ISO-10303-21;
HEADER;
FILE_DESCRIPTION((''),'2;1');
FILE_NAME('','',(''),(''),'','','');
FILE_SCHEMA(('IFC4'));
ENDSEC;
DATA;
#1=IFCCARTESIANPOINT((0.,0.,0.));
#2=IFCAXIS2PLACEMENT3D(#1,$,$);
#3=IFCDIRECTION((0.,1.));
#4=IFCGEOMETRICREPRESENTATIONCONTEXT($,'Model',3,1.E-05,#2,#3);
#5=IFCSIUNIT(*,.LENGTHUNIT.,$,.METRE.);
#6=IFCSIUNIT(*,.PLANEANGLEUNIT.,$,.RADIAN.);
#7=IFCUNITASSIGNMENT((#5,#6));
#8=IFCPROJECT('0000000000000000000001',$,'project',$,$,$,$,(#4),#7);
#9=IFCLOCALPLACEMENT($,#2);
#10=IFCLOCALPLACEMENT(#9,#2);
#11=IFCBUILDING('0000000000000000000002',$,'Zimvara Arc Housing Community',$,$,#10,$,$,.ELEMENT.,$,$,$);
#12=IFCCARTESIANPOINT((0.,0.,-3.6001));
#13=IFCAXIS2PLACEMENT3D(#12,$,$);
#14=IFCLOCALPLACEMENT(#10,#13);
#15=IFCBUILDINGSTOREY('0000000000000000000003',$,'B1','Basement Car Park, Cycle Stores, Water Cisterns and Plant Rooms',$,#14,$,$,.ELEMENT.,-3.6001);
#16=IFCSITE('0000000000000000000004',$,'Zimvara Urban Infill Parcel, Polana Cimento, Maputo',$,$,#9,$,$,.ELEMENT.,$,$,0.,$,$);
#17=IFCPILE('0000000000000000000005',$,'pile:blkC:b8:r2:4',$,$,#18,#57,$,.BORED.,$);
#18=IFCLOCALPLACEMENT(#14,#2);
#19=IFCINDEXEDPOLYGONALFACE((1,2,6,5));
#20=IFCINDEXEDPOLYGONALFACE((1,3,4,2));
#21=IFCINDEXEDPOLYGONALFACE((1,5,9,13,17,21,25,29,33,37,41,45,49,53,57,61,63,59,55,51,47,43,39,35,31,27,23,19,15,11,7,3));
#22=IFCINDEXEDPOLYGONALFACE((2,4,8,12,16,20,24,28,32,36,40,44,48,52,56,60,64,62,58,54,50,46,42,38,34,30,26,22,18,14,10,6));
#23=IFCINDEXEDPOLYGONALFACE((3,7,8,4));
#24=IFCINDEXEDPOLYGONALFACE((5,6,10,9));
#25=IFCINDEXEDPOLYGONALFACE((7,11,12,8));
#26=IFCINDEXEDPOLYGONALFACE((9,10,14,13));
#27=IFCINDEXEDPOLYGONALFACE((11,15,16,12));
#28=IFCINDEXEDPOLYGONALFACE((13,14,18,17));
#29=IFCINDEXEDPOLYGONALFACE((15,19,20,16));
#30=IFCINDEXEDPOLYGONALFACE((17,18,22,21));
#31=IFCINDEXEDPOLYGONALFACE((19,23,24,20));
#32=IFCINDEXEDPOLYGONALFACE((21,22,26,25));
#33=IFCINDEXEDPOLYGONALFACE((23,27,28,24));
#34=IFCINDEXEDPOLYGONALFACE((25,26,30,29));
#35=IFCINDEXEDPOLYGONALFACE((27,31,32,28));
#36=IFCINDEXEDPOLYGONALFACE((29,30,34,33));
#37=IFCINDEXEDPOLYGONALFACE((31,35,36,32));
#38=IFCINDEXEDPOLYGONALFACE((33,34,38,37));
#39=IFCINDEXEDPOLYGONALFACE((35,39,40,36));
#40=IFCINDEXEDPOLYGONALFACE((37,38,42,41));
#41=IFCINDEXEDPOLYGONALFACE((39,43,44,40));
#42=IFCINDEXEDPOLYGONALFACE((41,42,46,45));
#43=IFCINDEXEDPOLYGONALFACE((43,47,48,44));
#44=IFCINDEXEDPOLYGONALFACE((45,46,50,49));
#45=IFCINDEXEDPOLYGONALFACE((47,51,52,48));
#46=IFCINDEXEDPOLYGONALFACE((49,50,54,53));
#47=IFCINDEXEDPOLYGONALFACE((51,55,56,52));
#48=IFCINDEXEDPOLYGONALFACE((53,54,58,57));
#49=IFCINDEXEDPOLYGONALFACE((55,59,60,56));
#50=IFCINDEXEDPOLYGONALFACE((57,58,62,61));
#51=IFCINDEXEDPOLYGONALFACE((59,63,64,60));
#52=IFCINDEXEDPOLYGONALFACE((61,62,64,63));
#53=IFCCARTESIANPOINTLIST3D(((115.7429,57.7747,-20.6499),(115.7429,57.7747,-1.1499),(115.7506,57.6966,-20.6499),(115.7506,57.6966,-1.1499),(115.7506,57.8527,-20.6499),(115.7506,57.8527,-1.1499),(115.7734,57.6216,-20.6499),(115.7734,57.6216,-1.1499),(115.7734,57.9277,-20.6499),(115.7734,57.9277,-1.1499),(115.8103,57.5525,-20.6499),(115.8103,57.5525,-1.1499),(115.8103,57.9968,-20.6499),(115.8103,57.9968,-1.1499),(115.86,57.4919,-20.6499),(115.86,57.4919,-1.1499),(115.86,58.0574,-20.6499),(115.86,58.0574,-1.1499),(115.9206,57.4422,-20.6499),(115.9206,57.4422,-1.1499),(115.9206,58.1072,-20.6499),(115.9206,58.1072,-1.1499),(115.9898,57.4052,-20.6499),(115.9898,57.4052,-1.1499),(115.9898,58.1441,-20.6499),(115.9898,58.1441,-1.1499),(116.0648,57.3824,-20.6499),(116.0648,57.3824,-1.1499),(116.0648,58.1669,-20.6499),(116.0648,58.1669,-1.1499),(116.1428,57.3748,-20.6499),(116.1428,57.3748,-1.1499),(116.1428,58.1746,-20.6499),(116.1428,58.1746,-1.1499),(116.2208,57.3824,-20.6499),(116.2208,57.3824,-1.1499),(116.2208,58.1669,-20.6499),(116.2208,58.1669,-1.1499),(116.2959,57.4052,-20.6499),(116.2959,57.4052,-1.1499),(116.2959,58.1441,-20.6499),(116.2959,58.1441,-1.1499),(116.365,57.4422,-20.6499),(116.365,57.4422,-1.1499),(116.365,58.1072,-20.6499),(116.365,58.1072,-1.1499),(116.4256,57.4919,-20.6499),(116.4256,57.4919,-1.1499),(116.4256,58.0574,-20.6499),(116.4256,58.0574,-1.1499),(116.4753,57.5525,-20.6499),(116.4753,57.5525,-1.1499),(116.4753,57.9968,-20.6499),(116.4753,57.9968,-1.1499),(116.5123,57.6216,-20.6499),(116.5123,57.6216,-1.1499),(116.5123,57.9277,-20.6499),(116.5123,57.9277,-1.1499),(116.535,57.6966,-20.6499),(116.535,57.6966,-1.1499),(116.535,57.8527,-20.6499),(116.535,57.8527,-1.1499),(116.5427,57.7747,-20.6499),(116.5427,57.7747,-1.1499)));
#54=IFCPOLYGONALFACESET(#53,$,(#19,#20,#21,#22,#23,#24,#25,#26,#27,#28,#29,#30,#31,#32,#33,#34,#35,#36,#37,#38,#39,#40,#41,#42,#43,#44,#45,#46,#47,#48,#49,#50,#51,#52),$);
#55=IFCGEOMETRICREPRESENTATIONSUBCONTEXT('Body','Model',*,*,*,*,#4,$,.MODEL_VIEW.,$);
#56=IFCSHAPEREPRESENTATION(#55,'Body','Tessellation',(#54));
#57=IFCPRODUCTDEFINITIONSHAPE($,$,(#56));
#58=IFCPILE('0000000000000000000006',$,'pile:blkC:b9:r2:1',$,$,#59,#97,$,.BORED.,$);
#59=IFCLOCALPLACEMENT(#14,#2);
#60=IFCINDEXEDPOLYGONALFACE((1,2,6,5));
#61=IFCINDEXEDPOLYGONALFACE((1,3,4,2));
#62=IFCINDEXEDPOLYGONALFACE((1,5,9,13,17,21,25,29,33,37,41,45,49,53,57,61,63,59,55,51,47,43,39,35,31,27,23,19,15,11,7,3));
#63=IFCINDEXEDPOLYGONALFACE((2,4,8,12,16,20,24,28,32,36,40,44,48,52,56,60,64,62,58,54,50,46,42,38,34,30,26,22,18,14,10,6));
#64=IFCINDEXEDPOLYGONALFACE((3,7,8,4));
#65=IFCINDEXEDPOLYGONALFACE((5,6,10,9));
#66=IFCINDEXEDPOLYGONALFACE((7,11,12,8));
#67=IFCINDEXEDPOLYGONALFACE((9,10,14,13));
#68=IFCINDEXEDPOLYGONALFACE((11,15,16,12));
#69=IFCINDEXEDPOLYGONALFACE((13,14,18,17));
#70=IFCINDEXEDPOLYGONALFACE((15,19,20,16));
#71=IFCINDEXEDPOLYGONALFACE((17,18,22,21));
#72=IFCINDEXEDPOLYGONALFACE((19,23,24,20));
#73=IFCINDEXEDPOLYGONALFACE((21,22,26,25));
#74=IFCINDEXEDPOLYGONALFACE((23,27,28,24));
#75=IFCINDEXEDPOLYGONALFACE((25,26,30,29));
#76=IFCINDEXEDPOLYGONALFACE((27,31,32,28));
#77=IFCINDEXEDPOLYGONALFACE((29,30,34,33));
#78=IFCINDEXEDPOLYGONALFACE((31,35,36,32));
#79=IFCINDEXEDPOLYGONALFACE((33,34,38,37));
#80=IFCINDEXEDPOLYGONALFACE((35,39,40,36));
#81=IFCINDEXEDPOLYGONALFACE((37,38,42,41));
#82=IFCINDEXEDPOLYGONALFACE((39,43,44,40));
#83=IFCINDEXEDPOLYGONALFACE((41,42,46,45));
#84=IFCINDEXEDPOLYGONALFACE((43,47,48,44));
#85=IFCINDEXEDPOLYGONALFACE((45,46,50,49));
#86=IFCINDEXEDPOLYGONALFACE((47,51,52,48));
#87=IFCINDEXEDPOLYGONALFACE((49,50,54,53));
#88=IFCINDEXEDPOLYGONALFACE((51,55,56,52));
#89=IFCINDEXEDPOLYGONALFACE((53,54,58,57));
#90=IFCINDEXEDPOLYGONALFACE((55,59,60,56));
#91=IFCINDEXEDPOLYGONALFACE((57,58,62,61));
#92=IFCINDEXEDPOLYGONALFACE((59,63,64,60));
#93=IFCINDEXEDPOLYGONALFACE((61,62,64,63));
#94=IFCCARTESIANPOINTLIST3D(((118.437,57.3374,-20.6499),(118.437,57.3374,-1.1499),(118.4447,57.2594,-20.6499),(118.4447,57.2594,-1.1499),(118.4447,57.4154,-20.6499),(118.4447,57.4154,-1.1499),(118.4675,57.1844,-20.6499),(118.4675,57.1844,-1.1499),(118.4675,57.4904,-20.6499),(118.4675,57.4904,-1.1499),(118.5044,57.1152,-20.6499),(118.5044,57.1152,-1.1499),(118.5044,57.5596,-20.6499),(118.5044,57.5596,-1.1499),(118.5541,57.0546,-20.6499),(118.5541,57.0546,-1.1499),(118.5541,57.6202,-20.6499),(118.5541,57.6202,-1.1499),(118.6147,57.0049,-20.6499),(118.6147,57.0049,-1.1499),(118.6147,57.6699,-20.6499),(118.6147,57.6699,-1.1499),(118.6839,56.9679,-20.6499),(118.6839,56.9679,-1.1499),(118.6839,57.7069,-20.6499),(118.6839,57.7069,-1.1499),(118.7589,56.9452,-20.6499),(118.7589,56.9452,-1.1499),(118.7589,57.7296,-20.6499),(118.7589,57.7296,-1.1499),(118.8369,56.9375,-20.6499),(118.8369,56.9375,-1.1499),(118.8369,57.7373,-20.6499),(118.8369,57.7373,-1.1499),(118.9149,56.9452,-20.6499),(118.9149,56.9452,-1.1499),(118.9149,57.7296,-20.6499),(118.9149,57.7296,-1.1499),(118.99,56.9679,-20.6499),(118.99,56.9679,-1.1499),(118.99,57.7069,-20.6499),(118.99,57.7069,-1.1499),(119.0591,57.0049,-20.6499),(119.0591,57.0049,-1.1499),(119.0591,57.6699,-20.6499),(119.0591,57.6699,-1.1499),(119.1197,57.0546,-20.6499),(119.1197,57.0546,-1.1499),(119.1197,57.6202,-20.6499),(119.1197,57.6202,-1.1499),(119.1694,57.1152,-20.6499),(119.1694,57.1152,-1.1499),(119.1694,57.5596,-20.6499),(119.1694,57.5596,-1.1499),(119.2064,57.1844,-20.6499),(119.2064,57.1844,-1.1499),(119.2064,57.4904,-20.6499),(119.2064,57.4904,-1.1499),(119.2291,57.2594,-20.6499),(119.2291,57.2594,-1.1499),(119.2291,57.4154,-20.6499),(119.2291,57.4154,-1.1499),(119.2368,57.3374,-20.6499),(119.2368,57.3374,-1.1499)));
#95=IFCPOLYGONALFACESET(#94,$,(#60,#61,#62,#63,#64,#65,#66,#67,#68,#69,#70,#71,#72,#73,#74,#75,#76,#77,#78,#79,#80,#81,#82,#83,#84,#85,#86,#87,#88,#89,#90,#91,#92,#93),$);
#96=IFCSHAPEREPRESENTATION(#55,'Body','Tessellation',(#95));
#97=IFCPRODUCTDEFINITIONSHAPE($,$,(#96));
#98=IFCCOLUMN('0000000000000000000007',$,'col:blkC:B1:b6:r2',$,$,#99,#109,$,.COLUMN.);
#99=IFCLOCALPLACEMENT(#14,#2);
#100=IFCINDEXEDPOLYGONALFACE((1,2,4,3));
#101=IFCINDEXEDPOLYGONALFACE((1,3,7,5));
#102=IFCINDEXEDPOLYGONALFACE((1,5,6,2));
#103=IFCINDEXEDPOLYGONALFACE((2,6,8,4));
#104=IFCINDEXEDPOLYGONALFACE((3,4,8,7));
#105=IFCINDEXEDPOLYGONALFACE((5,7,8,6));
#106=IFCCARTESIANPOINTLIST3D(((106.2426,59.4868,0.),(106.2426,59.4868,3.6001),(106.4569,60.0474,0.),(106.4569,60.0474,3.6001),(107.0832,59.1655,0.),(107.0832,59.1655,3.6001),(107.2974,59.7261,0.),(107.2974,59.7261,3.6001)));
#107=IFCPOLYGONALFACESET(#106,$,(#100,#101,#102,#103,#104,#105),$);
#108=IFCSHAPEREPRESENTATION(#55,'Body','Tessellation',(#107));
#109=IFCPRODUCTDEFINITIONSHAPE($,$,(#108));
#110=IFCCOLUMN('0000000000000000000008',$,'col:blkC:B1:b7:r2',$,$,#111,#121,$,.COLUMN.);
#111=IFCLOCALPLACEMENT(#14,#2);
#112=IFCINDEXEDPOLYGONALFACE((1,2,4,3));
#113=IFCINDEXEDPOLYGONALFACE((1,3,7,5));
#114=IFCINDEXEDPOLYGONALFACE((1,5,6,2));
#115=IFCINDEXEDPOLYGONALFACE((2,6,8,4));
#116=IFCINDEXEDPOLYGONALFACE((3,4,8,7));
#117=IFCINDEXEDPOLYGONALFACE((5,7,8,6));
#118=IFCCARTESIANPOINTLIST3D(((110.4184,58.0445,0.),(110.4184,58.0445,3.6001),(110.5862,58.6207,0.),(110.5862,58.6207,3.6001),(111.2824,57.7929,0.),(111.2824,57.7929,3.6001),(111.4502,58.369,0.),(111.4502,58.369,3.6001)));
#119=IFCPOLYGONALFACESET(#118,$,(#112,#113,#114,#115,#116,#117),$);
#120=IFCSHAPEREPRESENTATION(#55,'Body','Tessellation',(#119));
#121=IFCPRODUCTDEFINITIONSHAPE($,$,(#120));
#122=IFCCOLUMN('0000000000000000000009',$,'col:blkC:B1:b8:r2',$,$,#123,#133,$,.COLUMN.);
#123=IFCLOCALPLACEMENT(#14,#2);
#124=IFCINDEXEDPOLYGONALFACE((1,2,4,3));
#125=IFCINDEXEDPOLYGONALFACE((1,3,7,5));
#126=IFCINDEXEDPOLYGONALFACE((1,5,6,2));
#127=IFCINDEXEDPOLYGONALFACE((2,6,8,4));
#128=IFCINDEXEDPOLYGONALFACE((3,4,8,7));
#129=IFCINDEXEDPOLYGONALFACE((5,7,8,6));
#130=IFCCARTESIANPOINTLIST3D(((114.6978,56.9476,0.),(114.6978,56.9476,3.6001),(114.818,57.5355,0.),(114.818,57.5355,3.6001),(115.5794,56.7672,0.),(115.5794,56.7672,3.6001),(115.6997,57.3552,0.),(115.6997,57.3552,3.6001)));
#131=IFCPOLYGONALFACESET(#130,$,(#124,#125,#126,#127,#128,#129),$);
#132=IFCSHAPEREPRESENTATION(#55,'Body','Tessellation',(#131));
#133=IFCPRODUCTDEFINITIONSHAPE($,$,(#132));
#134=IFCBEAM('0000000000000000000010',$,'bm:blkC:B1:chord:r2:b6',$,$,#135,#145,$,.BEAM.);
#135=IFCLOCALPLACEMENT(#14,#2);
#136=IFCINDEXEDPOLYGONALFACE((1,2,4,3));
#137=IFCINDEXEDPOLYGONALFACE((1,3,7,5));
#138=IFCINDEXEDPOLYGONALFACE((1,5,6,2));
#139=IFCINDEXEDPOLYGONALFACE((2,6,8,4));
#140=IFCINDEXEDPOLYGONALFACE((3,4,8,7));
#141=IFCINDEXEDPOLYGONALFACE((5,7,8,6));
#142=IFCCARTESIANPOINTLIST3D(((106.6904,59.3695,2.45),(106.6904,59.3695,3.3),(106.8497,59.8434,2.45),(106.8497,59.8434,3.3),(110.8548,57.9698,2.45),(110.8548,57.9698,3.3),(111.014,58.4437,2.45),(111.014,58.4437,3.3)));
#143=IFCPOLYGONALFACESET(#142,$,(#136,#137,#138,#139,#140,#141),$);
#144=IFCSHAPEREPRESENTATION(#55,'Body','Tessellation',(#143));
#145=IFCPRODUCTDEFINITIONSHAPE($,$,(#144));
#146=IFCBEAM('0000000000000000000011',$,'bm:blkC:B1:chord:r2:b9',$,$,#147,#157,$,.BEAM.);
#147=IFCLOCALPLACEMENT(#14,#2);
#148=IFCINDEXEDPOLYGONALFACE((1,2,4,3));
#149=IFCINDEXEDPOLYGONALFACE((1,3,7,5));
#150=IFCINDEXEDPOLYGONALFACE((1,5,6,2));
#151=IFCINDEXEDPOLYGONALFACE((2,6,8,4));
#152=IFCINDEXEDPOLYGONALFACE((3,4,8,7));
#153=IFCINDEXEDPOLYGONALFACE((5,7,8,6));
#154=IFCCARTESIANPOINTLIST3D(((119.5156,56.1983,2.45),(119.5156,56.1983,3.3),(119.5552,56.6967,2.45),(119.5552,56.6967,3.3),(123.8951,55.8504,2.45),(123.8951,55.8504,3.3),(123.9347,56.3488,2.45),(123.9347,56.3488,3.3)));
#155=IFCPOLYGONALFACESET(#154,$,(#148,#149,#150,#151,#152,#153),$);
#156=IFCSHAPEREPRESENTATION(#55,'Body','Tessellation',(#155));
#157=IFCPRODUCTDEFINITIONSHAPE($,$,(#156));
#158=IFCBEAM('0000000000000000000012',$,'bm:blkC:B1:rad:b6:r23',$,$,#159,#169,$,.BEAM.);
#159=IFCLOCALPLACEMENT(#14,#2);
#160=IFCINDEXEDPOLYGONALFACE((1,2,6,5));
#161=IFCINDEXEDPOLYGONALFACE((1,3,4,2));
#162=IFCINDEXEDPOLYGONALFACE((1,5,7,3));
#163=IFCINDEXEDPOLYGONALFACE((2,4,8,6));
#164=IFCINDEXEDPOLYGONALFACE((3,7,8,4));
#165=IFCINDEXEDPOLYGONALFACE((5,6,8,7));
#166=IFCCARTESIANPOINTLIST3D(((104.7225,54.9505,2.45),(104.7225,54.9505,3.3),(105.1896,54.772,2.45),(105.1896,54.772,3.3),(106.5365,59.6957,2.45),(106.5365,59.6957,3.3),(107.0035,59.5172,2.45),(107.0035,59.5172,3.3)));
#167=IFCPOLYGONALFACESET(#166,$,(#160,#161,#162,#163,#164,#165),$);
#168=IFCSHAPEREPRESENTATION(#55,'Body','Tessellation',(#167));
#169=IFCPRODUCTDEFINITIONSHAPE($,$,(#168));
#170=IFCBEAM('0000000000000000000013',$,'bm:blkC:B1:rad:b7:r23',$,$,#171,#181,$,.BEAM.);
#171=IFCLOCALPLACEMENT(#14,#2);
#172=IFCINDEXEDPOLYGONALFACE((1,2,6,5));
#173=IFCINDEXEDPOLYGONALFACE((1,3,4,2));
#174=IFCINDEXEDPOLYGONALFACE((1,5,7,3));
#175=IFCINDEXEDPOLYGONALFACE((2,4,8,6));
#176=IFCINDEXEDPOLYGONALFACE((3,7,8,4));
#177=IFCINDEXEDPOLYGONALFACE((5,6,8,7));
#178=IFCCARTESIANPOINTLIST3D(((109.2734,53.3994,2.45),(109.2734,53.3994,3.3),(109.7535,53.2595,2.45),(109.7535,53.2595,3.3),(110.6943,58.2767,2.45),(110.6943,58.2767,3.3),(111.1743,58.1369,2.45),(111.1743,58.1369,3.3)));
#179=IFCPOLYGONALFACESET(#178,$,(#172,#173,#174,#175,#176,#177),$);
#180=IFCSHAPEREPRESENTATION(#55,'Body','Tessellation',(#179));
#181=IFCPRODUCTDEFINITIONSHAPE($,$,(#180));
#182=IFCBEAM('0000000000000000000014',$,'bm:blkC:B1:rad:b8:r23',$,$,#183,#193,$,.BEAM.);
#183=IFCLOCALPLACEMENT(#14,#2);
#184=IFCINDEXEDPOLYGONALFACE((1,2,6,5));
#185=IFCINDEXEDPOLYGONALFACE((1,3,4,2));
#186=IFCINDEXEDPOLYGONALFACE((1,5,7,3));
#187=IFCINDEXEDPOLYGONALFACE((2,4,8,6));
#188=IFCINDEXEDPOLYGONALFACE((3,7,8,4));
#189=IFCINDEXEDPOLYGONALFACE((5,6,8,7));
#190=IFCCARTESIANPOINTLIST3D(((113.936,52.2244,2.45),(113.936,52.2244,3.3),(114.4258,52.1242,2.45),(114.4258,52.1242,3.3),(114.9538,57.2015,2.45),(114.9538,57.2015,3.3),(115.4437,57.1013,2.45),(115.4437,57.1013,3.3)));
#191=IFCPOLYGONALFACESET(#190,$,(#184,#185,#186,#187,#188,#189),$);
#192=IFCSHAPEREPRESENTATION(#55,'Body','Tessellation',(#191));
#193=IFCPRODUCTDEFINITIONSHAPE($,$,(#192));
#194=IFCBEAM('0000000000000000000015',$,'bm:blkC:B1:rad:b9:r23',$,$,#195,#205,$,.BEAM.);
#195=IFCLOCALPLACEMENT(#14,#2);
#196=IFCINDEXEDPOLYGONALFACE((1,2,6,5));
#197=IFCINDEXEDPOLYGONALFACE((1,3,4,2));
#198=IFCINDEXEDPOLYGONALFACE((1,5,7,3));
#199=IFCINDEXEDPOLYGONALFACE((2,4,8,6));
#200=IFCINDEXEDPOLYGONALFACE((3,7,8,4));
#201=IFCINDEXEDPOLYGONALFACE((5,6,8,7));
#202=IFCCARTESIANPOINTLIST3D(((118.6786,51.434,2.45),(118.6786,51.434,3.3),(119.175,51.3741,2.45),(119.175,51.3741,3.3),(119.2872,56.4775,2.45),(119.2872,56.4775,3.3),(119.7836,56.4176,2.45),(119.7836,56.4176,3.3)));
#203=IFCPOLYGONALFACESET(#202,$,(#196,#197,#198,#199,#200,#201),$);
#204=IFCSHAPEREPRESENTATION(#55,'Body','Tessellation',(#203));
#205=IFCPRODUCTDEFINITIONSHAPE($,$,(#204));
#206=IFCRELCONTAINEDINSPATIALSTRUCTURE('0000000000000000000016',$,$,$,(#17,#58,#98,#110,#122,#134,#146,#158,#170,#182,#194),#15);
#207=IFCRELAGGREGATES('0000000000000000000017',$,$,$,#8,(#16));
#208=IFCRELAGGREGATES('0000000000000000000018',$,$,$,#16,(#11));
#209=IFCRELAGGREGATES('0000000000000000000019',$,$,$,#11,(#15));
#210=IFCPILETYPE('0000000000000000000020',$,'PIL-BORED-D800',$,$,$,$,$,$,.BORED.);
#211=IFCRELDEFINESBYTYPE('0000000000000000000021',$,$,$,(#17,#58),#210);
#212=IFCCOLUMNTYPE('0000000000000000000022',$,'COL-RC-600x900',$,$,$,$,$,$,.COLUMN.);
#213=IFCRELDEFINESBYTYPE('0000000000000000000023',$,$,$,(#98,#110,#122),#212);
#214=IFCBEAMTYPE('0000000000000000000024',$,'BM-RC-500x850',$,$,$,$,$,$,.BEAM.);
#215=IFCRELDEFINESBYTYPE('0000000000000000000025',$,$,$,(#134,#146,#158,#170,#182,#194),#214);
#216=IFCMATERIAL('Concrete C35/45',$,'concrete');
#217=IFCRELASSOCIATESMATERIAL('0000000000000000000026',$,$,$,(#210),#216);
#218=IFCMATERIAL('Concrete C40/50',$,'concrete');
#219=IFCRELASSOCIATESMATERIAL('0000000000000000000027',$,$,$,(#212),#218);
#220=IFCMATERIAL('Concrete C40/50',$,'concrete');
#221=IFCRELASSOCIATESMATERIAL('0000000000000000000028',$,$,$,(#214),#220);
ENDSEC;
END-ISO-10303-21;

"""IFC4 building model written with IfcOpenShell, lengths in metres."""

from ifc_helpers import new_model, si_unit, direction, frame, origin, origin_2d, place, context, subcontext, project, spatial, rectangle, circle, extrude, material, material_profile, profile_set, type_object, element, save


model = new_model("IFC4")

# Units and contexts
model_context = context("Model", 3, precision=1e-05, world=origin(), true_north=direction((0.0, 1.0)))
body_context = subcontext(model_context, "Body", "Model", "MODEL_VIEW")
ifc_project = project(units=[si_unit("LENGTHUNIT", "METRE"), si_unit("PLANEANGLEUNIT", "RADIAN")], contexts=[model_context])

# Site, building, storey
site_placement = place(None, origin())
site = spatial("IfcSite", under=ifc_project, at=site_placement, Name="Zimvara Urban Infill Parcel, Polana Cimento, Maputo", CompositionType="ELEMENT", RefElevation=0.0)
building_placement = place(site_placement, origin())
building = spatial("IfcBuilding", under=site, at=building_placement, Name="Zimvara Arc Housing Community", CompositionType="ELEMENT")
storey_placement = place(building_placement, frame((0.0, 0.0, -3.6001)))
storey = spatial("IfcBuildingStorey", under=building, at=storey_placement, Name="B1", Description="Basement Car Park, Cycle Stores, Water Cisterns and Plant Rooms", CompositionType="ELEMENT", Elevation=-3.6001)

# Piles
ifc_material_1 = material(Name="Concrete C35/45", Category="concrete")
ifc_material_profile_1 = material_profile(ifc_material_1, circle(Radius=0.3999, at=origin_2d()), Name="PILE D800")
ifc_profile_set_1 = profile_set([ifc_material_profile_1], Name="Concrete C35/45")
pile_type = type_object("IfcPileType", Name="PIL-BORED-D800", PredefinedType="BORED", material=ifc_profile_set_1)
for number, where, z_axis, x_axis, name in (
    (1, (116.1428, 57.7747, -1.1499), (0.0, 0.0, -1.0), (1.0, 0.0, 0.0), "pile:blkC:b8:r2:4"),
    (2, (118.8369, 57.3374, -1.1499), (0.0, 0.0, -1.0), (1.0, 0.0, 0.0), "pile:blkC:b9:r2:1"),
):
    element("IfcPile", number, at=place(storey_placement, frame(where, z_axis=z_axis, x_axis=x_axis)), inside=storey, type_object=pile_type, Name=name, PredefinedType="BORED", context=body_context, shape_type="SweptSolid", body=[
        extrude(circle(Radius=0.3999, at=origin_2d()), origin(), (0.0, 0.0, 1.0), 19.5),
    ])

# Columns
ifc_material_2 = material(Name="Concrete C40/50", Category="concrete")
ifc_material_profile_2 = material_profile(ifc_material_2, rectangle(XDim=0.6001, YDim=0.8999, at=origin_2d()), Name="RC 600x900")
ifc_profile_set_2 = profile_set([ifc_material_profile_2], Name="Concrete C40/50")
column_type = type_object("IfcColumnType", Name="COL-RC-600x900", PredefinedType="COLUMN", material=ifc_profile_set_2)
for number, where, z_axis, x_axis, name in (
    (3, (106.77, 59.6064, 0.0), (0.0, 0.0, 1.0), (-0.357064, -0.93408, 0.0), "col:blkC:B1:b6:r2"),
    (4, (110.9343, 58.2068, 0.0), (0.0, 0.0, 1.0), (-0.279661, -0.960099, 0.0), "col:blkC:B1:b7:r2"),
    (5, (115.1987, 57.1514, 0.0), (0.0, 0.0, 1.0), (-0.200394, -0.979715, 0.0), "col:blkC:B1:b8:r2"),
):
    element("IfcColumn", number, at=place(storey_placement, frame(where, z_axis=z_axis, x_axis=x_axis)), inside=storey, type_object=column_type, Name=name, PredefinedType="COLUMN", context=body_context, shape_type="SweptSolid", body=[
        extrude(rectangle(XDim=0.6001, YDim=0.8999, at=origin_2d()), origin(), (0.0, 0.0, 1.0), 3.6001),
    ])

# Beams
ifc_material_3 = material(Name="Concrete C40/50", Category="concrete")
ifc_material_profile_3 = material_profile(ifc_material_3, rectangle(XDim=0.5, YDim=0.8501, at=origin_2d()), Name="RC 500x850")
ifc_profile_set_3 = profile_set([ifc_material_profile_3], Name="Concrete C40/50")
beam_type = type_object("IfcBeamType", Name="BM-RC-500x850", PredefinedType="BEAM", material=ifc_profile_set_3)
for number, where, z_axis, x_axis, name in (
    (6, (106.77, 59.6064, 2.875), (0.947891, -0.318594, 0.0), (0.318594, 0.947891, 0.0), "bm:blkC:B1:chord:r2:b6"),
    (7, (119.5354, 56.4475, 2.875), (0.996859, -0.079191, 0.0), (0.079191, 0.996859, 0.0), "bm:blkC:B1:chord:r2:b9"),
):
    element("IfcBeam", number, at=place(storey_placement, frame(where, z_axis=z_axis, x_axis=x_axis)), inside=storey, type_object=beam_type, Name=name, PredefinedType="BEAM", context=body_context, shape_type="SweptSolid", body=[
        extrude(rectangle(XDim=0.5, YDim=0.8501, at=origin_2d()), origin(), (0.0, 0.0, 1.0), 4.3933),
    ])
for number, where, z_axis, x_axis, name in (
    (8, (106.77, 59.6064, 2.875), (-0.357078, -0.934074, 0.0), (0.934074, -0.357078, 0.0), "bm:blkC:B1:rad:b6:r23"),
    (9, (110.9343, 58.2068, 2.875), (-0.279694, -0.960089, 0.0), (0.960089, -0.279694, 0.0), "bm:blkC:B1:rad:b7:r23"),
    (10, (115.1987, 57.1514, 2.875), (-0.200356, -0.979723, 0.0), (0.979723, -0.200356, 0.0), "bm:blkC:B1:rad:b8:r23"),
    (11, (119.5354, 56.4475, 2.875), (-0.11981, -0.992797, 0.0), (0.992797, -0.11981, 0.0), "bm:blkC:B1:rad:b9:r23"),
):
    element("IfcBeam", number, at=place(storey_placement, frame(where, z_axis=z_axis, x_axis=x_axis)), inside=storey, type_object=beam_type, Name=name, PredefinedType="BEAM", context=body_context, shape_type="SweptSolid", body=[
        extrude(rectangle(XDim=0.5, YDim=0.8501, at=origin_2d()), origin(), (0.0, 0.0, 1.0), 5.0801),
    ])

save(model, "model.ifc")
